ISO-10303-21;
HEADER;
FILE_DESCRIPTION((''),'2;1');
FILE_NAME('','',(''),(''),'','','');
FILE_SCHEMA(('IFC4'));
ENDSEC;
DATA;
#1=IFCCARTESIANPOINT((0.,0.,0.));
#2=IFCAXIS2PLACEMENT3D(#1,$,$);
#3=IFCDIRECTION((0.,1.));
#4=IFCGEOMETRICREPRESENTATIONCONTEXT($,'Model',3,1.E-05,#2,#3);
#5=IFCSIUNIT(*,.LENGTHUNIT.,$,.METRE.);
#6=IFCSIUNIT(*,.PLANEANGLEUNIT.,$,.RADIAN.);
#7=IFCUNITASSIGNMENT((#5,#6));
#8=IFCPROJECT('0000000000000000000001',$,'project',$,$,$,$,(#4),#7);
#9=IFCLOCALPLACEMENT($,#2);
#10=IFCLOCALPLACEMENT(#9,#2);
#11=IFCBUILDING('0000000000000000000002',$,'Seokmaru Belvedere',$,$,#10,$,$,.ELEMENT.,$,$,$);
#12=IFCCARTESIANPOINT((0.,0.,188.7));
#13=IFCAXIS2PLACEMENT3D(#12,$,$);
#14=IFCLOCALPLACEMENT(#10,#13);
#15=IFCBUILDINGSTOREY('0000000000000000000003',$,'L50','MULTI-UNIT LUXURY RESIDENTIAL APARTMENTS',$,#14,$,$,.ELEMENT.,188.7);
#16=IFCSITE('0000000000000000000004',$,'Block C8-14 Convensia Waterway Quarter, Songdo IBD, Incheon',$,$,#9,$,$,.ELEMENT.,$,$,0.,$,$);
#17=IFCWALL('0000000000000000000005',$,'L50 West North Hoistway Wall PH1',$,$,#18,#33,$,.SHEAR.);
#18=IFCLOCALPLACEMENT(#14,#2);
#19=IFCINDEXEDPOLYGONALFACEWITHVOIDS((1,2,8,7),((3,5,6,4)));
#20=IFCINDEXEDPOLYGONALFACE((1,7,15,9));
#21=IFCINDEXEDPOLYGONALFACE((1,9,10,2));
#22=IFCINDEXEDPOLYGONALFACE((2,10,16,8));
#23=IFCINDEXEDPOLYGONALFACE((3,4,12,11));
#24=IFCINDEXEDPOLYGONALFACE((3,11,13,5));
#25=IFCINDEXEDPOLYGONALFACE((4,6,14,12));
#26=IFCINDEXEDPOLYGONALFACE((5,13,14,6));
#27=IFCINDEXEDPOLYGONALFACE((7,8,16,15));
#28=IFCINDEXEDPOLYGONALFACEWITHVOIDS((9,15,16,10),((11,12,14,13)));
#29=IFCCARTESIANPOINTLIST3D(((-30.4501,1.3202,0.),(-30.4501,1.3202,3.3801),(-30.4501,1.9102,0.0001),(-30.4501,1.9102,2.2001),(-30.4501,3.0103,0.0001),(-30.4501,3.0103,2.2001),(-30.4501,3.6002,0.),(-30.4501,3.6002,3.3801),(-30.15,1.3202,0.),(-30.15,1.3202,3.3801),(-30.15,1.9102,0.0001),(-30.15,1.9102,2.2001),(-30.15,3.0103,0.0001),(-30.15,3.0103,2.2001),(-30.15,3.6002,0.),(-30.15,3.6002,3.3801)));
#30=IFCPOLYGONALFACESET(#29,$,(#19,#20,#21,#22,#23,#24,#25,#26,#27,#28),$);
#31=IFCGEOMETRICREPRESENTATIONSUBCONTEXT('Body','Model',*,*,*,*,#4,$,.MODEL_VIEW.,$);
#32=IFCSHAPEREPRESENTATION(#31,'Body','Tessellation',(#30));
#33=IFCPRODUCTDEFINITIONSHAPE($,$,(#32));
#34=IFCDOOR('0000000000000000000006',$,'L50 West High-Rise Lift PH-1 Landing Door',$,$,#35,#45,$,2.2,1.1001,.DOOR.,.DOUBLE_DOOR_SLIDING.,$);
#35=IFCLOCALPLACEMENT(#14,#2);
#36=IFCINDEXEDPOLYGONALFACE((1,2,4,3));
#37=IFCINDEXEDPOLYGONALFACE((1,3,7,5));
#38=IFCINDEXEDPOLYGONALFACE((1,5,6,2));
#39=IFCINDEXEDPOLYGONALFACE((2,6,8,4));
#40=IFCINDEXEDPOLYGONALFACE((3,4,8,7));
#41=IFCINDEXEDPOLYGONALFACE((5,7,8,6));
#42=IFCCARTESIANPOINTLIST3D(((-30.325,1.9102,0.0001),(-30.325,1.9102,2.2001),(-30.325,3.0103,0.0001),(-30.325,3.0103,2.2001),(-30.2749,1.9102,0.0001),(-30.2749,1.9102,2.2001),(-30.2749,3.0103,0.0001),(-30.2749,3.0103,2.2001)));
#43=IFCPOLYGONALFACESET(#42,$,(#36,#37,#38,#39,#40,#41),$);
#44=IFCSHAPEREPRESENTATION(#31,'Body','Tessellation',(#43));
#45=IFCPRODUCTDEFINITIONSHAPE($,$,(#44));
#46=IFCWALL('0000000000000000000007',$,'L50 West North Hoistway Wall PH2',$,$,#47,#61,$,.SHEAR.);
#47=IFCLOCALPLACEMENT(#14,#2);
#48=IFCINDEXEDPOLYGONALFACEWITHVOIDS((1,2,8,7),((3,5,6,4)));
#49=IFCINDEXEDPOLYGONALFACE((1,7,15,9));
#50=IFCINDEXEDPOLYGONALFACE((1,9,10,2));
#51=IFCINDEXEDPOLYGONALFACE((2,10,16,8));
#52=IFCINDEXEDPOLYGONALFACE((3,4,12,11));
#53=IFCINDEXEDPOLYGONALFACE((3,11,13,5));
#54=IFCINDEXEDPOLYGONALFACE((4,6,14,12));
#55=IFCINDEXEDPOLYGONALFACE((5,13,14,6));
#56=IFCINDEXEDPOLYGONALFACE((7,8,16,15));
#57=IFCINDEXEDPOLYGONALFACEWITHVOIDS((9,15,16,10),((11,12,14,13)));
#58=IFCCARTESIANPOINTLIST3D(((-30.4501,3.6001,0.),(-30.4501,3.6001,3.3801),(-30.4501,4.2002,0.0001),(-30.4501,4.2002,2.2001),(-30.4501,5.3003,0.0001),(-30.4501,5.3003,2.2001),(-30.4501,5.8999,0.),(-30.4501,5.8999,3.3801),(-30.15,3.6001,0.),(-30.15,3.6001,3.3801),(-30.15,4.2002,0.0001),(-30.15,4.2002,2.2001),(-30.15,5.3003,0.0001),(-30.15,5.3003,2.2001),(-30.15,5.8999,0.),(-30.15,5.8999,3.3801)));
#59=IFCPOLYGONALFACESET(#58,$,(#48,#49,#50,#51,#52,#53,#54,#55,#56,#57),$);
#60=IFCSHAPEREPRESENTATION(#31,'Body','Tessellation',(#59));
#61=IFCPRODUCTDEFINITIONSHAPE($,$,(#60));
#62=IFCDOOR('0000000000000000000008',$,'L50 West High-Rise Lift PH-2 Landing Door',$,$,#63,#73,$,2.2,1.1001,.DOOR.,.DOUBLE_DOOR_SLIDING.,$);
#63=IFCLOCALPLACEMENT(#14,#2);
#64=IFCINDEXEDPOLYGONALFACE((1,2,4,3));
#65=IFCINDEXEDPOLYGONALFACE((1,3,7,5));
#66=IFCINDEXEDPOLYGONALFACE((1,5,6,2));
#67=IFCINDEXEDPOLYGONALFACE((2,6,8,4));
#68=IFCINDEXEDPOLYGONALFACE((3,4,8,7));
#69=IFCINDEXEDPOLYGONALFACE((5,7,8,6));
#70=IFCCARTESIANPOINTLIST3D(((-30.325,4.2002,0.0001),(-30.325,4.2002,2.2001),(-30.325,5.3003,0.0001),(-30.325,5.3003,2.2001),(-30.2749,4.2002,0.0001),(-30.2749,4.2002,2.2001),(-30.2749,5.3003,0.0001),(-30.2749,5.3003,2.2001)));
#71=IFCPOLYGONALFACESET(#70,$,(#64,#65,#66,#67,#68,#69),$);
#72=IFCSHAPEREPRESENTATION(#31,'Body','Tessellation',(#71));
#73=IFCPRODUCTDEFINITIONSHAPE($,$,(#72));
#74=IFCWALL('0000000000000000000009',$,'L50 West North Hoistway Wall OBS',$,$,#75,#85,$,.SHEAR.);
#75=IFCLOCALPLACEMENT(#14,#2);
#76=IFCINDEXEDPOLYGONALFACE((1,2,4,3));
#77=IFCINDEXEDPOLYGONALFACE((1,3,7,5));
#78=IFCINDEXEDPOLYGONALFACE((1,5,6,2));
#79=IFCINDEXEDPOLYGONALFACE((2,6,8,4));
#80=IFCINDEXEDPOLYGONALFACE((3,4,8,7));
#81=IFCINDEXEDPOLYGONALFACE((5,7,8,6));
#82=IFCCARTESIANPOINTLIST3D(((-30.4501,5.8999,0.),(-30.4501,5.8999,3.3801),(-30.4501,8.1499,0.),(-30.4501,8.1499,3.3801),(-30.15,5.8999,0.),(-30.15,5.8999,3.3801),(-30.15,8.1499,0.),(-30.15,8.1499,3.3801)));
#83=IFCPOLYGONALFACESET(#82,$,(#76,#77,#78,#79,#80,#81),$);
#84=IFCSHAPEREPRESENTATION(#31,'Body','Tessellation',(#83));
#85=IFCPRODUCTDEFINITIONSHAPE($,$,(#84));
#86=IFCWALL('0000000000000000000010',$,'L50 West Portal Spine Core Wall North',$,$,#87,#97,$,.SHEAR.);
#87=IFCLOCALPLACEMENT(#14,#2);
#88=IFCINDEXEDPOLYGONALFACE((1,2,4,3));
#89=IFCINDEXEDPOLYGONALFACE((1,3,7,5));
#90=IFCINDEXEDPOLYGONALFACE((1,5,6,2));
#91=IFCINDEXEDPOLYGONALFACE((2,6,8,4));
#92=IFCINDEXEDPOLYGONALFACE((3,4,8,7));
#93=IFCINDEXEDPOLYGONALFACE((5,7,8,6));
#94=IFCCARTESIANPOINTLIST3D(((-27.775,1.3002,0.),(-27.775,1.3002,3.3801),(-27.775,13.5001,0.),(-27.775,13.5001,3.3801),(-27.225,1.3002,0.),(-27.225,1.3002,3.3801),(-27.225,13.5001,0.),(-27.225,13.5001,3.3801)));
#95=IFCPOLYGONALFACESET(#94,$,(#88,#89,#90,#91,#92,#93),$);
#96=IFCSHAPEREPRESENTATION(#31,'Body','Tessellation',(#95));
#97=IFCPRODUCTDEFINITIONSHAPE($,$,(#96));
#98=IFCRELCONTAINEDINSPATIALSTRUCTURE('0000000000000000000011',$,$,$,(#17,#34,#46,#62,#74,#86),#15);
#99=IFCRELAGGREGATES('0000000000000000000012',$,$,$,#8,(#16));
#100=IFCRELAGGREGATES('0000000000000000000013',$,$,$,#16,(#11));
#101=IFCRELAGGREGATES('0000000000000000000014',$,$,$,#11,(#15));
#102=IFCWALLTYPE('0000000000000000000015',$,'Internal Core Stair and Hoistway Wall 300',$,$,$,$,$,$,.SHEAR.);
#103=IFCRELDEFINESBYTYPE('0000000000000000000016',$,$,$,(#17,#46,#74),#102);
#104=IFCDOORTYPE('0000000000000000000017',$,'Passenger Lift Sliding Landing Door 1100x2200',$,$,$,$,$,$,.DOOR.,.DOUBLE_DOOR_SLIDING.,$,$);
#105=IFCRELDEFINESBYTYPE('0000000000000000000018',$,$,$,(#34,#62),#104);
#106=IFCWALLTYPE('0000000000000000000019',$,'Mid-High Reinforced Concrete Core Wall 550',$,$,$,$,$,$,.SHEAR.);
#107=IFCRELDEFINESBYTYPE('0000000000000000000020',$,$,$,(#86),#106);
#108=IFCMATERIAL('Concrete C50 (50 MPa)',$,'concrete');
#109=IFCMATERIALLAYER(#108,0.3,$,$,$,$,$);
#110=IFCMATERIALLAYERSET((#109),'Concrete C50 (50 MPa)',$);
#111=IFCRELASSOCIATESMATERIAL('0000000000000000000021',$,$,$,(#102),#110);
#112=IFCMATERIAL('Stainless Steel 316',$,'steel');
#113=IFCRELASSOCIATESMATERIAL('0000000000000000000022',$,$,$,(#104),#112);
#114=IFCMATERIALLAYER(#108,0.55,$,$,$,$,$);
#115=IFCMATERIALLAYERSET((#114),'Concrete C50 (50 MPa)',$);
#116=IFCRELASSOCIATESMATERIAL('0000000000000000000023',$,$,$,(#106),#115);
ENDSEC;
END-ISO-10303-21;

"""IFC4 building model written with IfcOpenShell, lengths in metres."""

from ifc_helpers import new_model, si_unit, direction, frame, frame_2d, origin, place, context, subcontext, project, spatial, rectangle, extrude, source, transform, mapped, material, layer, layer_set, type_object, type_shapes, element, fill, save


model = new_model("IFC4")

# Units and contexts
model_context = context("Model", 3, precision=1e-05, world=origin(), true_north=direction((0.0, 1.0)))
body_context = subcontext(model_context, "Body", "Model", "MODEL_VIEW")
ifc_project = project(units=[si_unit("LENGTHUNIT", "METRE"), si_unit("PLANEANGLEUNIT", "RADIAN")], contexts=[model_context])

# Site, building, storey
site_placement = place(None, origin())
site = spatial("IfcSite", under=ifc_project, at=site_placement, Name="Block C8-14 Convensia Waterway Quarter, Songdo IBD, Incheon", CompositionType="ELEMENT", RefElevation=0.0)
building_placement = place(site_placement, origin())
building = spatial("IfcBuilding", under=site, at=building_placement, Name="Seokmaru Belvedere", CompositionType="ELEMENT")
storey_placement = place(building_placement, frame((0.0, 0.0, 188.7)))
storey = spatial("IfcBuildingStorey", under=building, at=storey_placement, Name="L50", Description="MULTI-UNIT LUXURY RESIDENTIAL APARTMENTS", CompositionType="ELEMENT", Elevation=188.7)

# Shared definitions
ifc_material_1 = material(Name="Concrete C50 (50 MPa)", Category="concrete")

# Walls, openings, doors
ifc_layer_1 = layer(ifc_material_1, 0.3)
ifc_layer_set_1 = layer_set([ifc_layer_1], Name="Concrete C50 (50 MPa)")
wall_type_1 = type_object("IfcWallType", Name="Internal Core Stair and Hoistway Wall 300", PredefinedType="SHEAR", material=ifc_layer_set_1)
wall_1_placement = place(storey_placement, frame((-30.3, 1.3201, 0.0), z_axis=(0.0, 0.0, 1.0), x_axis=(0.0, 1.0, 0.0)))
wall_1 = element("IfcWall", 1, at=wall_1_placement, inside=storey, type_object=wall_type_1, Name="L50 West North Hoistway Wall PH1", PredefinedType="SHEAR", context=body_context, shape_type="SweptSolid", body=[
    extrude(rectangle(XDim=2.28, YDim=0.3, at=frame_2d((1.1401, 0.0))), origin(), (0.0, 0.0, 1.0), 3.3801),
])
opening_1_placement = place(wall_1_placement, frame((0.5901, 0.0, 0.0)))
opening_1 = element("IfcOpeningElement", 2, at=opening_1_placement, cuts=wall_1, PredefinedType="OPENING", context=body_context, shape_type="SweptSolid", body=[
    extrude(rectangle(XDim=1.1001, YDim=2.2, at=frame_2d((0.55, 1.1001))), frame((0.0, 0.1602, 0.0), z_axis=(0.0, -1.0, 0.0), x_axis=(1.0, 0.0, 0.0)), (0.0, 0.0, 1.0), 0.3201),
])
ifc_material_2 = material(Name="Stainless Steel 316", Category="steel")
door_type_1 = type_object("IfcDoorType", Name="Passenger Lift Sliding Landing Door 1100x2200", OperationType="DOUBLE_DOOR_SLIDING", PredefinedType="DOOR", material=ifc_material_2)
shared_shape_1 = source(origin(), body_context, "Body", "SweptSolid", [
    extrude(rectangle(XDim=1.1001, YDim=2.2, at=frame_2d((0.55, 1.1001))), frame((0.0, 0.0249, 0.0), z_axis=(0.0, -1.0, 0.0), x_axis=(1.0, 0.0, 0.0)), (0.0, 0.0, 1.0), 0.05),
])
type_shapes(door_type_1, [shared_shape_1])
door_1_placement = place(opening_1_placement, origin())
door_1 = element("IfcDoor", 3, at=door_1_placement, inside=storey, type_object=door_type_1, Name="L50 West High-Rise Lift PH-1 Landing Door", OperationType="DOUBLE_DOOR_SLIDING", OverallHeight=2.2, OverallWidth=1.1001, PredefinedType="DOOR", context=body_context, shape_type="MappedRepresentation", body=[
    mapped(shared_shape_1, transform((0.0, 0.0, 0.0), scale=1.0)),
])
fill(opening_1, door_1)
wall_2_placement = place(storey_placement, frame((-30.3, 3.6001, 0.0), z_axis=(0.0, 0.0, 1.0), x_axis=(0.0, 1.0, 0.0)))
wall_2 = element("IfcWall", 4, at=wall_2_placement, inside=storey, type_object=wall_type_1, Name="L50 West North Hoistway Wall PH2", PredefinedType="SHEAR", context=body_context, shape_type="SweptSolid", body=[
    extrude(rectangle(XDim=2.2998, YDim=0.3, at=frame_2d((1.1499, 0.0))), origin(), (0.0, 0.0, 1.0), 3.3801),
])
opening_2_placement = place(wall_2_placement, frame((0.6001, 0.0, 0.0)))
opening_2 = element("IfcOpeningElement", 5, at=opening_2_placement, cuts=wall_2, PredefinedType="OPENING", context=body_context, shape_type="SweptSolid", body=[
    extrude(rectangle(XDim=1.1001, YDim=2.2, at=frame_2d((0.55, 1.1001))), frame((0.0, 0.1602, 0.0), z_axis=(0.0, -1.0, 0.0), x_axis=(1.0, 0.0, 0.0)), (0.0, 0.0, 1.0), 0.3201),
])
door_2_placement = place(opening_2_placement, origin())
door_2 = element("IfcDoor", 6, at=door_2_placement, inside=storey, type_object=door_type_1, Name="L50 West High-Rise Lift PH-2 Landing Door", OperationType="DOUBLE_DOOR_SLIDING", OverallHeight=2.2, OverallWidth=1.1001, PredefinedType="DOOR", context=body_context, shape_type="MappedRepresentation", body=[
    mapped(shared_shape_1, transform((0.0, 0.0, 0.0), scale=1.0)),
])
fill(opening_2, door_2)

# Walls
wall_3_placement = place(storey_placement, frame((-30.3, 5.8999, 0.0), z_axis=(0.0, 0.0, 1.0), x_axis=(0.0, 1.0, 0.0)))
element("IfcWall", 7, at=wall_3_placement, inside=storey, type_object=wall_type_1, Name="L50 West North Hoistway Wall OBS", PredefinedType="SHEAR", context=body_context, shape_type="SweptSolid", body=[
    extrude(rectangle(XDim=2.25, YDim=0.3, at=frame_2d((1.125, 0.0))), origin(), (0.0, 0.0, 1.0), 3.3801),
])
ifc_layer_2 = layer(ifc_material_1, 0.55)
ifc_layer_set_2 = layer_set([ifc_layer_2], Name="Concrete C50 (50 MPa)")
wall_type_2 = type_object("IfcWallType", Name="Mid-High Reinforced Concrete Core Wall 550", PredefinedType="SHEAR", material=ifc_layer_set_2)
wall_4_placement = place(storey_placement, frame((-27.5, 1.3, 0.0), z_axis=(0.0, 0.0, 1.0), x_axis=(0.0, 1.0, 0.0)))
element("IfcWall", 8, at=wall_4_placement, inside=storey, type_object=wall_type_2, Name="L50 West Portal Spine Core Wall North", PredefinedType="SHEAR", context=body_context, shape_type="SweptSolid", body=[
    extrude(rectangle(XDim=12.2, YDim=0.55, at=frame_2d((6.1001, 0.0))), origin(), (0.0, 0.0, 1.0), 3.3801),
])

save(model, "model.ifc")
